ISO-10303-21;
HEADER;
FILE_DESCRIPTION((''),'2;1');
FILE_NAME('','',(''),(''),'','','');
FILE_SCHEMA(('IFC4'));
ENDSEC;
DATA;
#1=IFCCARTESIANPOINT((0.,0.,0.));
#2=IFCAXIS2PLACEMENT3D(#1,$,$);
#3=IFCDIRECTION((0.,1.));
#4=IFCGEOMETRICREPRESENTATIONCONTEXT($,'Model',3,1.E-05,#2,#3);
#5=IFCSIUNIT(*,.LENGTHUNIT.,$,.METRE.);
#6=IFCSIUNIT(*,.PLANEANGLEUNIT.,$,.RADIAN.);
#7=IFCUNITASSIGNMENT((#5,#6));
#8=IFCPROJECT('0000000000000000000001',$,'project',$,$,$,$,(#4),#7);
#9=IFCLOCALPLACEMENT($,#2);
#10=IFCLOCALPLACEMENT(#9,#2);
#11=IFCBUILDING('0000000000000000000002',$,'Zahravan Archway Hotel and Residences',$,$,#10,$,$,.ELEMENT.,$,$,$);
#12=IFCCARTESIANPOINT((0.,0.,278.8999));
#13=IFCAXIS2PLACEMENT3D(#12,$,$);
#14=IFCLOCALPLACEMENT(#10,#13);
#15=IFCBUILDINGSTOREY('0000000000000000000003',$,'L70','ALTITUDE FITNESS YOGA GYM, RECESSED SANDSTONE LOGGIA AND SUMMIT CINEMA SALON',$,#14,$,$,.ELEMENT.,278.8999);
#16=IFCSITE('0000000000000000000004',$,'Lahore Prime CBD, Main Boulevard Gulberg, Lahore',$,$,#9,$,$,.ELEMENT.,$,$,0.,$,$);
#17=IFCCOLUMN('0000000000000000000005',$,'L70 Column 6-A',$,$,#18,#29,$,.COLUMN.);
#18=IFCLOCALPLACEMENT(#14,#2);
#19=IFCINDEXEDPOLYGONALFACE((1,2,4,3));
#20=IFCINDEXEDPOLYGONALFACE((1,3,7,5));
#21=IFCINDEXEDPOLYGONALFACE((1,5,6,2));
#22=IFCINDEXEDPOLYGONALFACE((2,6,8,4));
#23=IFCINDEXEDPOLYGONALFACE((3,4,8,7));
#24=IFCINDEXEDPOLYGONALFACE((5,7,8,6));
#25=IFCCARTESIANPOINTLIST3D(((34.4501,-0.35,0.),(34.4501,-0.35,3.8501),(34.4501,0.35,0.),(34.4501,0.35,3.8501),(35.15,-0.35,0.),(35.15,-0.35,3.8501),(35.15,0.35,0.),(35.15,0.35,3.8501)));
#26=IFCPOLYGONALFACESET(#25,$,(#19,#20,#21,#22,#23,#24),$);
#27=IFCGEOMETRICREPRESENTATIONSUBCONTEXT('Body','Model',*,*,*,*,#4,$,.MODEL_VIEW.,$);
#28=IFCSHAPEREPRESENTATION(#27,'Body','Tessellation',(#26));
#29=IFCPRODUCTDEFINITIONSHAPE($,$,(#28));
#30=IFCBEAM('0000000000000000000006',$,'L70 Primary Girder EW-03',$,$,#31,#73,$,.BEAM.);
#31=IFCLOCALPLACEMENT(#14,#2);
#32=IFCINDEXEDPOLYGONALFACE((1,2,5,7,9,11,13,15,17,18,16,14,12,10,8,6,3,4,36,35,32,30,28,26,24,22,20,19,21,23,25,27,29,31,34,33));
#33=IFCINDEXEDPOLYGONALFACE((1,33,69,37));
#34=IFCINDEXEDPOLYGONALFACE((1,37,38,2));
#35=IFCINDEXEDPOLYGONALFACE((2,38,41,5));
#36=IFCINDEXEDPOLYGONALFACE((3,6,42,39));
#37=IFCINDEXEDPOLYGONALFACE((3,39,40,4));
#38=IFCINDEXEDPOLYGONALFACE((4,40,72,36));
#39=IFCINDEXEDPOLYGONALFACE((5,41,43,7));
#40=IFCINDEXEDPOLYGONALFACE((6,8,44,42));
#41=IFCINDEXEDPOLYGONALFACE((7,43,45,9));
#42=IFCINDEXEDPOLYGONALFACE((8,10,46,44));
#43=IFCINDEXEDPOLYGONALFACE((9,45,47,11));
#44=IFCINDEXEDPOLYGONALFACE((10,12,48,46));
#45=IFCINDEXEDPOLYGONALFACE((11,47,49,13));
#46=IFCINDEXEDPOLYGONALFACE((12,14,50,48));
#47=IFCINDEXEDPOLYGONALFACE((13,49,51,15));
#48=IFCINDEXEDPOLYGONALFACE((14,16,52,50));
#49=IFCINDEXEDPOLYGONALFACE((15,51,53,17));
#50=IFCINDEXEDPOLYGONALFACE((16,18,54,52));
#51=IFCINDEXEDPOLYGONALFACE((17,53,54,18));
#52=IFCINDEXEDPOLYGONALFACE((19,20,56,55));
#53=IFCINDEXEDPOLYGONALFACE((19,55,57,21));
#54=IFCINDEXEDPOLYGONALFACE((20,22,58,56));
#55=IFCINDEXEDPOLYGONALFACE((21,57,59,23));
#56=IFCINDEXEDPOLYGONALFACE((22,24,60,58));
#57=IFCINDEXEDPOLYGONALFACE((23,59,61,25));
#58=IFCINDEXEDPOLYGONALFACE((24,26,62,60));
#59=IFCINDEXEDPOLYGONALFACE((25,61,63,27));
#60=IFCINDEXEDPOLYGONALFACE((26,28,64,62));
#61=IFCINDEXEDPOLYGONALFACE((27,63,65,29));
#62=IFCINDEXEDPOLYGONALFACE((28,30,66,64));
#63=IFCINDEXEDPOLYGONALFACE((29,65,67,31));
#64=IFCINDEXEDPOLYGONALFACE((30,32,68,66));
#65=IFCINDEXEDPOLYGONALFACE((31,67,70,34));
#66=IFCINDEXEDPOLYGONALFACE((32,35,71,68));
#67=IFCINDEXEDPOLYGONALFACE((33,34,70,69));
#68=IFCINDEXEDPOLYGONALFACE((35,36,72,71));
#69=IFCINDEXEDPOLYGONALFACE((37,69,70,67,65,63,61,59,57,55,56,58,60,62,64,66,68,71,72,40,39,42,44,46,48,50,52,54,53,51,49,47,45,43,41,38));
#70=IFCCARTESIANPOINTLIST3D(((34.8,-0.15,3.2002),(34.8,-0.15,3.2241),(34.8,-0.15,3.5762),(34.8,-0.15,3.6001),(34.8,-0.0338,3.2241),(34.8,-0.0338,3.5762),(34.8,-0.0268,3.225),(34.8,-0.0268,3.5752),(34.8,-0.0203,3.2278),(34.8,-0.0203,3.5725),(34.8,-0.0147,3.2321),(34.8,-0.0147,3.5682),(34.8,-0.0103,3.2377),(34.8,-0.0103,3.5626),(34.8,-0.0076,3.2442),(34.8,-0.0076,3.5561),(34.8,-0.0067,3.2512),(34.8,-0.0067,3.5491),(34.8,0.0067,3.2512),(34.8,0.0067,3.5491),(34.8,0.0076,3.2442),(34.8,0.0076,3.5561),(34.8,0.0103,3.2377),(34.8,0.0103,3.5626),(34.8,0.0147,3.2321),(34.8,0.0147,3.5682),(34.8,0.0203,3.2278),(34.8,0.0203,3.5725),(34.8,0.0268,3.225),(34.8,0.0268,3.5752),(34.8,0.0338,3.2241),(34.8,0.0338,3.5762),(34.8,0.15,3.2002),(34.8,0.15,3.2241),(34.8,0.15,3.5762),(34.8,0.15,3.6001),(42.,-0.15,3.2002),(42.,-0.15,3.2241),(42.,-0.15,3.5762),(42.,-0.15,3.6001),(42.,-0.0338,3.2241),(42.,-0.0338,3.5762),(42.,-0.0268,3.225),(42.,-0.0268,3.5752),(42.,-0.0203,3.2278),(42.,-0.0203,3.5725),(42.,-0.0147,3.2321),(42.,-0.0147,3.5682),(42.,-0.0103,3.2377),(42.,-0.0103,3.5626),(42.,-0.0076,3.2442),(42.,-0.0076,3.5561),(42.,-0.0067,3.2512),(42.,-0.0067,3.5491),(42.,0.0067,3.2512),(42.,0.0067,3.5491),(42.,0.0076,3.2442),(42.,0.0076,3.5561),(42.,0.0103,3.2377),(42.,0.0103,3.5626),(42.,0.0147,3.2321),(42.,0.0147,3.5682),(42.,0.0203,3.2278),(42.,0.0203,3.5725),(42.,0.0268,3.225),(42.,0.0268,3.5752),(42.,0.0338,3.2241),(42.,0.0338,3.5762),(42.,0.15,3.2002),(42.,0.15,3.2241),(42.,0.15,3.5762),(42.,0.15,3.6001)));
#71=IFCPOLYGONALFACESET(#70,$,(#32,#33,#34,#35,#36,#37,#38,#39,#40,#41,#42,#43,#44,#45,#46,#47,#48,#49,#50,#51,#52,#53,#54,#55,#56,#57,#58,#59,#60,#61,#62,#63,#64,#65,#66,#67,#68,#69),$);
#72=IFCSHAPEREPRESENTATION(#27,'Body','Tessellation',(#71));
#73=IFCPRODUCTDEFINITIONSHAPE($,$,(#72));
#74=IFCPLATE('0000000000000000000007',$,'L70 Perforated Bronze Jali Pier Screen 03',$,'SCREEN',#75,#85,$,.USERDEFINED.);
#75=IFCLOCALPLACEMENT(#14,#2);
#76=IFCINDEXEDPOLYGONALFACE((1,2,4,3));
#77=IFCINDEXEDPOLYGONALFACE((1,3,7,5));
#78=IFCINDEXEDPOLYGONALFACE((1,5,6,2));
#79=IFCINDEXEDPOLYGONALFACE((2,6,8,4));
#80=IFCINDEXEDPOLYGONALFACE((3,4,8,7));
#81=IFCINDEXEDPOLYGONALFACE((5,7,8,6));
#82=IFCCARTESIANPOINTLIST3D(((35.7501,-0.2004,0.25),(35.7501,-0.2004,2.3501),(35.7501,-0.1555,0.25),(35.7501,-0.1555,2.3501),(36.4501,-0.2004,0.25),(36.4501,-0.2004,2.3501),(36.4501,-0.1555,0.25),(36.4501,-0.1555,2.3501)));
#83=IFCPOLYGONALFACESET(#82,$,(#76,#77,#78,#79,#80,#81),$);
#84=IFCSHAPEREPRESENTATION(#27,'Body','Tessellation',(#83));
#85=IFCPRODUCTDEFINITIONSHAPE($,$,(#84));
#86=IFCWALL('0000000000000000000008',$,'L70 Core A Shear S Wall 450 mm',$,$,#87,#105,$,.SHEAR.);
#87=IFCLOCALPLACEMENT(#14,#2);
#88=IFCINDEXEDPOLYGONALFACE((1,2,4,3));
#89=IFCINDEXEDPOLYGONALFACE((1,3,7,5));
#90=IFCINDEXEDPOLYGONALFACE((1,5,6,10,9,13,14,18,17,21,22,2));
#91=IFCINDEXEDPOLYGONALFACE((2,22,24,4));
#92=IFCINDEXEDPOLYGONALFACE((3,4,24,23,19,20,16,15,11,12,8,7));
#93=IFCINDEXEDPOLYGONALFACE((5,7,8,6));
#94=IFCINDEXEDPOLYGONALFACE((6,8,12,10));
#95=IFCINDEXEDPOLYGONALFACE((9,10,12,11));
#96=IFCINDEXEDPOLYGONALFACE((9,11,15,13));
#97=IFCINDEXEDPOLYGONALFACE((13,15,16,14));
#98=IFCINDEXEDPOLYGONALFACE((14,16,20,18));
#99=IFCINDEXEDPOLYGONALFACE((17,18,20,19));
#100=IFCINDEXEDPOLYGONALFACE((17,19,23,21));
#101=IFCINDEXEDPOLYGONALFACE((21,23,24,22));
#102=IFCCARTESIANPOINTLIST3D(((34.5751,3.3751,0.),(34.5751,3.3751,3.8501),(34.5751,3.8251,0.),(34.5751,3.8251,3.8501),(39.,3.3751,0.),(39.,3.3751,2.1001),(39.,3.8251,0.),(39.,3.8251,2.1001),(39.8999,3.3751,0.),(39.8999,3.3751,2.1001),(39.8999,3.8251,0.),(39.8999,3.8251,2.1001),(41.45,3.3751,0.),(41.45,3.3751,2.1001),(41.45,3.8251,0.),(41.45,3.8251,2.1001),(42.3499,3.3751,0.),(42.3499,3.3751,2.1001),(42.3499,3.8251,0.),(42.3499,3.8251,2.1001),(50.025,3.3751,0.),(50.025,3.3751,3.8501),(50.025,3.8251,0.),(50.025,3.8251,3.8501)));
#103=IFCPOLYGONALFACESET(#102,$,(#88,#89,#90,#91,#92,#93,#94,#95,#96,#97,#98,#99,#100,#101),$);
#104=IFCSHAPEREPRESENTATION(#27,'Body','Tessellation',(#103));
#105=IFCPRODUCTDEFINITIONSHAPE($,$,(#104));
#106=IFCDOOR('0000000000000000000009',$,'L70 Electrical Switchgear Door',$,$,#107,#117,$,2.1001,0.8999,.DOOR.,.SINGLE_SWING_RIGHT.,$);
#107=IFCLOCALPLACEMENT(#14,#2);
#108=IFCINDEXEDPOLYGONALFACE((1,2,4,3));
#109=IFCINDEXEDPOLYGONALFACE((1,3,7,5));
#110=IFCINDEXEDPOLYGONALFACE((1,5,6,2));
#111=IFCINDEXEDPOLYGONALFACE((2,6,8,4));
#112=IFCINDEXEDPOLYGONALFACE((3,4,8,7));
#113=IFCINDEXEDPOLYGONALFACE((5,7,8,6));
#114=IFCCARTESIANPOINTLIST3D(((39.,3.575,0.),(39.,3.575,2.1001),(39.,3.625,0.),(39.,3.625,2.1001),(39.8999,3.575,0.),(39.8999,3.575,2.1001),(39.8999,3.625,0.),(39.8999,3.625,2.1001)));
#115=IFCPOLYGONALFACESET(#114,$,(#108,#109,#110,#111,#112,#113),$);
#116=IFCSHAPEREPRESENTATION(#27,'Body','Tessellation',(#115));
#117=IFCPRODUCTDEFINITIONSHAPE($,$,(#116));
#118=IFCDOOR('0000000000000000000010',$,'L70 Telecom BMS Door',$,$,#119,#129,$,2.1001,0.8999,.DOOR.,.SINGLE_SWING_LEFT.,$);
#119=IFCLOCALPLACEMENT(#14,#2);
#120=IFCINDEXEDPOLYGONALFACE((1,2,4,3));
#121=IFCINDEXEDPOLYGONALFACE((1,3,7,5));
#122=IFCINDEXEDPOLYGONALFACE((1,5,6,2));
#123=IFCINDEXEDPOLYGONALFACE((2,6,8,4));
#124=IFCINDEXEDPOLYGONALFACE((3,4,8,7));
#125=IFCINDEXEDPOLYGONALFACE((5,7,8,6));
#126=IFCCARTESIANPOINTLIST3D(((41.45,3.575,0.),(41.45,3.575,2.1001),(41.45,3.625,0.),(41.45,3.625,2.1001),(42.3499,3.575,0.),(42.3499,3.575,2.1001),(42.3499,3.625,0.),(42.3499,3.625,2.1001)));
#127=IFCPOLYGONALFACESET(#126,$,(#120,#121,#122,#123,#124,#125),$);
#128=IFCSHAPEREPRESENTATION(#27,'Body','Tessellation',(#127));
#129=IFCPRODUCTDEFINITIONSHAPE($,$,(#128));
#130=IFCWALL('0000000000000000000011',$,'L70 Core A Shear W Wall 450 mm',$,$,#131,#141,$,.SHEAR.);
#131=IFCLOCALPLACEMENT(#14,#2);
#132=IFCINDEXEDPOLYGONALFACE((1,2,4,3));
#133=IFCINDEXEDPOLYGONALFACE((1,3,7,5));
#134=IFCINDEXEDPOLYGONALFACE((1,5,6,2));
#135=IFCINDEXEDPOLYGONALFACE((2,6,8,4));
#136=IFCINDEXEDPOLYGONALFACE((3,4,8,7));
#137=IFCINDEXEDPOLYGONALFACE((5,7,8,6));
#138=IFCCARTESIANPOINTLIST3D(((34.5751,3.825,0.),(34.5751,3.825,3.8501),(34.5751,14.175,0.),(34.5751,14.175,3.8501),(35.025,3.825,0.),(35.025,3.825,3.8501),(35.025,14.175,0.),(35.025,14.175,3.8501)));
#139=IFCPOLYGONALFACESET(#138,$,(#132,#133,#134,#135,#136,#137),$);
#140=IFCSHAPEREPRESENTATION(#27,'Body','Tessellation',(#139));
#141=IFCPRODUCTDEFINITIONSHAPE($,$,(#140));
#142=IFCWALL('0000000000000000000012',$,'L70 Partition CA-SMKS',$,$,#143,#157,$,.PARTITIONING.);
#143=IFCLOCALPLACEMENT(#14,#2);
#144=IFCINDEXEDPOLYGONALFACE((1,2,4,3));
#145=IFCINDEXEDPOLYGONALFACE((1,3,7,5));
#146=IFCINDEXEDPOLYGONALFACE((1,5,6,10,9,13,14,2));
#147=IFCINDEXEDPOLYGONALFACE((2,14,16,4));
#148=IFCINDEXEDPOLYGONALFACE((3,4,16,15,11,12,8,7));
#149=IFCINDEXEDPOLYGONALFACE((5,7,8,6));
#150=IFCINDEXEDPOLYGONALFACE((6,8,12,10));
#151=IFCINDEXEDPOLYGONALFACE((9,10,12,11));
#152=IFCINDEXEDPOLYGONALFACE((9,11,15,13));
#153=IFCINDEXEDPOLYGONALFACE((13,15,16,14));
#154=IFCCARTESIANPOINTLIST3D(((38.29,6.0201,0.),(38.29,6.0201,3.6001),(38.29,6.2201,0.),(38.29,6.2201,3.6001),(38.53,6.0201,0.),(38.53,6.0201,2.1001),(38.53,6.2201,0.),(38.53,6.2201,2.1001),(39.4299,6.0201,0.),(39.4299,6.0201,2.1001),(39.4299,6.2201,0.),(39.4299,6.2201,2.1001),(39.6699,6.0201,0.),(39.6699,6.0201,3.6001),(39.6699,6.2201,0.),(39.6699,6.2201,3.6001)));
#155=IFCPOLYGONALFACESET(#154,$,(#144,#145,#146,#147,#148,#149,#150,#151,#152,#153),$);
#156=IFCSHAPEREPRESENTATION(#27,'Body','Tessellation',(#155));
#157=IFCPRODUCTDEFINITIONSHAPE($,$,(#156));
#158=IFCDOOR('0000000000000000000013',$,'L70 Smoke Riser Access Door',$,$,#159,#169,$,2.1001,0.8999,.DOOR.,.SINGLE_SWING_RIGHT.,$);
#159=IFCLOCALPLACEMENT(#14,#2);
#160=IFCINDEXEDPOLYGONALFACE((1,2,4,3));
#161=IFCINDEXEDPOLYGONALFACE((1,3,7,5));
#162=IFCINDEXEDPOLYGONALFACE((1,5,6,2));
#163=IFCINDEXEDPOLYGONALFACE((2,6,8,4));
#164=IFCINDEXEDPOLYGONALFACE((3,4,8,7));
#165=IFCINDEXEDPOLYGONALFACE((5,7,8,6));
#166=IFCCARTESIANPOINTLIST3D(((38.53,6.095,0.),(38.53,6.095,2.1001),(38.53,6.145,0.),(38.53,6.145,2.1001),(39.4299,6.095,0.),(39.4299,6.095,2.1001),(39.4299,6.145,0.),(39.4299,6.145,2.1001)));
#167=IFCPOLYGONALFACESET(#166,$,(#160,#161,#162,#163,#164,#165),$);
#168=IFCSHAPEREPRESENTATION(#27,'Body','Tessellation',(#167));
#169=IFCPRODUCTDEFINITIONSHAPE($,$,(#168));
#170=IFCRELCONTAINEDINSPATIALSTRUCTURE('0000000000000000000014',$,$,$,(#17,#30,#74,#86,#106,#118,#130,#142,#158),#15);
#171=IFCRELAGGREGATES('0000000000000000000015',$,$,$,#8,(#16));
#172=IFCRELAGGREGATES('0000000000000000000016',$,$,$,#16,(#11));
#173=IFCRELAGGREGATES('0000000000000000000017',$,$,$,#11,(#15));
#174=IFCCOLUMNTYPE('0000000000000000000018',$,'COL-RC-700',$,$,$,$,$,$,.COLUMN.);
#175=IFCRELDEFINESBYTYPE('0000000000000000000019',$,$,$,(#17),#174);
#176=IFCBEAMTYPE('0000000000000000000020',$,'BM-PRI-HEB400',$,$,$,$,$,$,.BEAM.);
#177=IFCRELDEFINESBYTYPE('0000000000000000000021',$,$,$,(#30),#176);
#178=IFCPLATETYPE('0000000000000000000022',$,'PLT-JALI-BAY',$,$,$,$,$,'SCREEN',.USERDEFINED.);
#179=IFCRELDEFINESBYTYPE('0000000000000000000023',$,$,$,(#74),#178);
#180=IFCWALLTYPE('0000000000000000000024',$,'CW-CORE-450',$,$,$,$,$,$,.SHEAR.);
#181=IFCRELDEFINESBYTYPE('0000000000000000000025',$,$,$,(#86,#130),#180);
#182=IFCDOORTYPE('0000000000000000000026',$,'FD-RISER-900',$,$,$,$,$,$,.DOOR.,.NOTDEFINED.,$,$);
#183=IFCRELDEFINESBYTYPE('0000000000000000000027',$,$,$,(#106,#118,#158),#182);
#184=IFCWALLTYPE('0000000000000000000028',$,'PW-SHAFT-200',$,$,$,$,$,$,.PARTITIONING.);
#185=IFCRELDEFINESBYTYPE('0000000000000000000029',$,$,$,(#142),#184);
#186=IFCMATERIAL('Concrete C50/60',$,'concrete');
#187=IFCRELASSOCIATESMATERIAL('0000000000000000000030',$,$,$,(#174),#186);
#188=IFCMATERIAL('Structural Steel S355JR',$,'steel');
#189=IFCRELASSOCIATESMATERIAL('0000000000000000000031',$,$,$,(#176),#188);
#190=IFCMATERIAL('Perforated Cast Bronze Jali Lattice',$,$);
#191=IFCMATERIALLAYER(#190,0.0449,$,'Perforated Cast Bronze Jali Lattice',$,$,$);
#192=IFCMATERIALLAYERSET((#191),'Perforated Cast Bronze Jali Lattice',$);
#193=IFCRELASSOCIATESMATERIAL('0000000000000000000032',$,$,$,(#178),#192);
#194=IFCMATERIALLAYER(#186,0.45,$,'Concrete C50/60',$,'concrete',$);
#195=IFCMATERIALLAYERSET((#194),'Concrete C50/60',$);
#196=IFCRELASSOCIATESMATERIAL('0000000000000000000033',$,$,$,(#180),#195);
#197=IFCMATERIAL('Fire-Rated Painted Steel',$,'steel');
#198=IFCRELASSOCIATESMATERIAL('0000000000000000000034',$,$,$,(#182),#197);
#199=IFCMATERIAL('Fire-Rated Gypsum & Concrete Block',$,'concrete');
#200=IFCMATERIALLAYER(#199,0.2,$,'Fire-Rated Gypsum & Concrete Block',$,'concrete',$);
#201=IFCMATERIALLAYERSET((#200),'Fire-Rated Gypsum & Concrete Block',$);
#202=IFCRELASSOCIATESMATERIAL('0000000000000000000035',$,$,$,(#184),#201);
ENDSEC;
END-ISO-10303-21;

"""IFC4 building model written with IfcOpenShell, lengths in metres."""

from ifc_helpers import new_model, si_unit, direction, frame, frame_2d, origin, origin_2d, place, context, subcontext, project, spatial, rectangle, i_section, extrude, source, transform, mapped, material, layer, layer_set, material_profile, profile_set, type_object, type_shapes, element, fill, save


model = new_model("IFC4")

# Units and contexts
model_context = context("Model", 3, precision=1e-05, world=origin(), true_north=direction((0.0, 1.0)))
body_context = subcontext(model_context, "Body", "Model", "MODEL_VIEW")
ifc_project = project(units=[si_unit("LENGTHUNIT", "METRE"), si_unit("PLANEANGLEUNIT", "RADIAN")], contexts=[model_context])

# Site, building, storey
site_placement = place(None, origin())
site = spatial("IfcSite", under=ifc_project, at=site_placement, Name="Lahore Prime CBD, Main Boulevard Gulberg, Lahore", CompositionType="ELEMENT", RefElevation=0.0)
building_placement = place(site_placement, origin())
building = spatial("IfcBuilding", under=site, at=building_placement, Name="Zahravan Archway Hotel and Residences", CompositionType="ELEMENT")
storey_placement = place(building_placement, frame((0.0, 0.0, 278.8999)))
storey = spatial("IfcBuildingStorey", under=building, at=storey_placement, Name="L70", Description="ALTITUDE FITNESS YOGA GYM, RECESSED SANDSTONE LOGGIA AND SUMMIT CINEMA SALON", CompositionType="ELEMENT", Elevation=278.8999)

# Column
ifc_material_1 = material(Name="Concrete C50/60", Category="concrete")
ifc_material_profile_1 = material_profile(ifc_material_1, rectangle(XDim=0.7, YDim=0.7, at=origin_2d()), Name="RC-COL-700x700", Category="concrete")
ifc_profile_set_1 = profile_set([ifc_material_profile_1], Name="Concrete C50/60")
column_type = type_object("IfcColumnType", Name="COL-RC-700", PredefinedType="COLUMN", material=ifc_profile_set_1)
shared_shape_1 = source(origin(), body_context, "Body", "SweptSolid", [
    extrude(rectangle(XDim=0.7, YDim=0.7, at=origin_2d()), origin(), (0.0, 0.0, 1.0), 3.8501),
])
column_placement = place(storey_placement, frame((34.8, 0.0, 0.0), z_axis=(0.0, 0.0, 1.0), x_axis=(1.0, 0.0, 0.0)))
element("IfcColumn", 1, at=column_placement, inside=storey, type_object=column_type, Name="L70 Column 6-A", PredefinedType="COLUMN", context=body_context, shape_type="MappedRepresentation", body=[
    mapped(shared_shape_1, transform((0.0, 0.0, 0.0), scale=1.0)),
])

# Beam
ifc_material_2 = material(Name="Structural Steel S355JR", Category="steel")
ifc_material_profile_2 = material_profile(ifc_material_2, i_section(OverallWidth=0.3, OverallDepth=0.3999, WebThickness=0.0134, FlangeThickness=0.0239, FilletRadius=0.0271, at=origin_2d()), Name="HEB 400", Category="steel")
ifc_profile_set_2 = profile_set([ifc_material_profile_2], Name="Structural Steel S355JR")
beam_type = type_object("IfcBeamType", Name="BM-PRI-HEB400", PredefinedType="BEAM", material=ifc_profile_set_2)
shared_shape_2 = source(origin(), body_context, "Body", "SweptSolid", [
    extrude(i_section(OverallWidth=0.3, OverallDepth=0.3999, WebThickness=0.0134, FlangeThickness=0.0239, FilletRadius=0.0271, at=origin_2d()), origin(), (0.0, 0.0, 1.0), 7.2),
])
type_shapes(beam_type, [shared_shape_2])
beam_placement = place(storey_placement, frame((34.8, 0.0, 3.4001), z_axis=(1.0, 0.0, 0.0), x_axis=(0.0, 1.0, 0.0)))
element("IfcBeam", 2, at=beam_placement, inside=storey, type_object=beam_type, Name="L70 Primary Girder EW-03", PredefinedType="BEAM", context=body_context, shape_type="MappedRepresentation", body=[
    mapped(shared_shape_2, transform((0.0, 0.0, 0.0), scale=1.0)),
])

# Plate
ifc_material_3 = material(Name="Perforated Cast Bronze Jali Lattice")
ifc_layer_1 = layer(ifc_material_3, 0.0449, Name="Perforated Cast Bronze Jali Lattice")
ifc_layer_set_1 = layer_set([ifc_layer_1], Name="Perforated Cast Bronze Jali Lattice")
plate_type = type_object("IfcPlateType", Name="PLT-JALI-BAY", ElementType="SCREEN", PredefinedType="USERDEFINED", material=ifc_layer_set_1)
shared_shape_3 = source(origin(), body_context, "Body", "SweptSolid", [
    extrude(rectangle(XDim=0.7, YDim=0.0449, at=origin_2d()), origin(), (0.0, 0.0, 1.0), 2.1001),
])
type_shapes(plate_type, [shared_shape_3])
plate_placement = place(storey_placement, frame((36.1001, -0.178, 0.25), z_axis=(0.0, 0.0, 1.0), x_axis=(1.0, 0.0, 0.0)))
element("IfcPlate", 3, at=plate_placement, inside=storey, type_object=plate_type, Name="L70 Perforated Bronze Jali Pier Screen 03", ObjectType="SCREEN", PredefinedType="USERDEFINED", context=body_context, shape_type="MappedRepresentation", body=[
    mapped(shared_shape_3, transform((0.0, 0.0, 0.0), scale=1.0)),
])

# Wall, openings, doors
ifc_layer_2 = layer(ifc_material_1, 0.45, Name="Concrete C50/60", Category="concrete")
ifc_layer_set_2 = layer_set([ifc_layer_2], Name="Concrete C50/60")
wall_type_1 = type_object("IfcWallType", Name="CW-CORE-450", PredefinedType="SHEAR", material=ifc_layer_set_2)
wall_1_placement = place(storey_placement, frame((34.575, 3.6001, 0.0), z_axis=(0.0, 0.0, 1.0), x_axis=(1.0, 0.0, 0.0)))
wall_1 = element("IfcWall", 4, at=wall_1_placement, inside=storey, type_object=wall_type_1, Name="L70 Core A Shear S Wall 450 mm", PredefinedType="SHEAR", context=body_context, shape_type="SweptSolid", body=[
    extrude(rectangle(XDim=15.45, YDim=0.45, at=frame_2d((7.7251, 0.0))), origin(), (0.0, 0.0, 1.0), 3.8501),
])
opening_1_placement = place(wall_1_placement, frame((4.425, 0.0, 0.0)))
opening_1 = element("IfcOpeningElement", 5, at=opening_1_placement, cuts=wall_1, PredefinedType="OPENING", context=body_context, shape_type="SweptSolid", body=[
    extrude(rectangle(XDim=0.8999, YDim=2.1001, at=frame_2d((0.45, 1.05))), frame((0.0, 0.2349, 0.0), z_axis=(0.0, -1.0, 0.0), x_axis=(1.0, 0.0, 0.0)), (0.0, 0.0, 1.0), 0.47),
])
opening_2_placement = place(wall_1_placement, frame((6.875, 0.0, 0.0)))
opening_2 = element("IfcOpeningElement", 6, at=opening_2_placement, cuts=wall_1, PredefinedType="OPENING", context=body_context, shape_type="SweptSolid", body=[
    extrude(rectangle(XDim=0.8999, YDim=2.1001, at=frame_2d((0.45, 1.05))), frame((0.0, 0.2349, 0.0), z_axis=(0.0, -1.0, 0.0), x_axis=(1.0, 0.0, 0.0)), (0.0, 0.0, 1.0), 0.47),
])
ifc_material_4 = material(Name="Fire-Rated Painted Steel", Category="steel")
door_type = type_object("IfcDoorType", Name="FD-RISER-900", OperationType="NOTDEFINED", PredefinedType="DOOR", material=ifc_material_4)
shared_shape_4 = source(origin(), body_context, "Body", "SweptSolid", [
    extrude(rectangle(XDim=0.8999, YDim=2.1001, at=frame_2d((0.45, 1.05))), frame((0.0, 0.0249, 0.0), z_axis=(0.0, -1.0, 0.0), x_axis=(1.0, 0.0, 0.0)), (0.0, 0.0, 1.0), 0.05),
])
type_shapes(door_type, [shared_shape_4])
door_1_placement = place(opening_1_placement, origin())
door_1 = element("IfcDoor", 7, at=door_1_placement, inside=storey, type_object=door_type, Name="L70 Electrical Switchgear Door", OperationType="SINGLE_SWING_RIGHT", OverallHeight=2.1001, OverallWidth=0.8999, PredefinedType="DOOR", context=body_context, shape_type="MappedRepresentation", body=[
    mapped(shared_shape_4, transform((0.0, 0.0, 0.0), scale=1.0)),
])
fill(opening_1, door_1)
door_2_placement = place(opening_2_placement, origin())
door_2 = element("IfcDoor", 8, at=door_2_placement, inside=storey, type_object=door_type, Name="L70 Telecom BMS Door", OperationType="SINGLE_SWING_LEFT", OverallHeight=2.1001, OverallWidth=0.8999, PredefinedType="DOOR", context=body_context, shape_type="MappedRepresentation", body=[
    mapped(shared_shape_4, transform((0.0, 0.0, 0.0), scale=1.0)),
])
fill(opening_2, door_2)

# Wall
wall_2_placement = place(storey_placement, frame((34.8, 3.825, 0.0), z_axis=(0.0, 0.0, 1.0), x_axis=(0.0, 1.0, 0.0)))
element("IfcWall", 9, at=wall_2_placement, inside=storey, type_object=wall_type_1, Name="L70 Core A Shear W Wall 450 mm", PredefinedType="SHEAR", context=body_context, shape_type="SweptSolid", body=[
    extrude(rectangle(XDim=10.3501, YDim=0.45, at=frame_2d((5.175, 0.0))), origin(), (0.0, 0.0, 1.0), 3.8501),
])

# Wall, opening, door
ifc_material_5 = material(Name="Fire-Rated Gypsum & Concrete Block", Category="concrete")
ifc_layer_3 = layer(ifc_material_5, 0.2, Name="Fire-Rated Gypsum & Concrete Block", Category="concrete")
ifc_layer_set_3 = layer_set([ifc_layer_3], Name="Fire-Rated Gypsum & Concrete Block")
wall_type_2 = type_object("IfcWallType", Name="PW-SHAFT-200", PredefinedType="PARTITIONING", material=ifc_layer_set_3)
wall_3_placement = place(storey_placement, frame((38.29, 6.1201, 0.0), z_axis=(0.0, 0.0, 1.0), x_axis=(1.0, 0.0, 0.0)))
wall_3 = element("IfcWall", 10, at=wall_3_placement, inside=storey, type_object=wall_type_2, Name="L70 Partition CA-SMKS", PredefinedType="PARTITIONING", context=body_context, shape_type="SweptSolid", body=[
    extrude(rectangle(XDim=1.3799, YDim=0.2, at=frame_2d((0.6899, 0.0))), origin(), (0.0, 0.0, 1.0), 3.6001),
])
opening_3_placement = place(wall_3_placement, frame((0.24, 0.0, 0.0)))
opening_3 = element("IfcOpeningElement", 11, at=opening_3_placement, cuts=wall_3, PredefinedType="OPENING", context=body_context, shape_type="SweptSolid", body=[
    extrude(rectangle(XDim=0.8999, YDim=2.1001, at=frame_2d((0.45, 1.05))), frame((0.0, 0.1099, 0.0), z_axis=(0.0, -1.0, 0.0), x_axis=(1.0, 0.0, 0.0)), (0.0, 0.0, 1.0), 0.22),
])
door_3_placement = place(opening_3_placement, origin())
door_3 = element("IfcDoor", 12, at=door_3_placement, inside=storey, type_object=door_type, Name="L70 Smoke Riser Access Door", OperationType="SINGLE_SWING_RIGHT", OverallHeight=2.1001, OverallWidth=0.8999, PredefinedType="DOOR", context=body_context, shape_type="MappedRepresentation", body=[
    mapped(shared_shape_4, transform((0.0, 0.0, 0.0), scale=1.0)),
])
fill(opening_3, door_3)

save(model, "model.ifc")
